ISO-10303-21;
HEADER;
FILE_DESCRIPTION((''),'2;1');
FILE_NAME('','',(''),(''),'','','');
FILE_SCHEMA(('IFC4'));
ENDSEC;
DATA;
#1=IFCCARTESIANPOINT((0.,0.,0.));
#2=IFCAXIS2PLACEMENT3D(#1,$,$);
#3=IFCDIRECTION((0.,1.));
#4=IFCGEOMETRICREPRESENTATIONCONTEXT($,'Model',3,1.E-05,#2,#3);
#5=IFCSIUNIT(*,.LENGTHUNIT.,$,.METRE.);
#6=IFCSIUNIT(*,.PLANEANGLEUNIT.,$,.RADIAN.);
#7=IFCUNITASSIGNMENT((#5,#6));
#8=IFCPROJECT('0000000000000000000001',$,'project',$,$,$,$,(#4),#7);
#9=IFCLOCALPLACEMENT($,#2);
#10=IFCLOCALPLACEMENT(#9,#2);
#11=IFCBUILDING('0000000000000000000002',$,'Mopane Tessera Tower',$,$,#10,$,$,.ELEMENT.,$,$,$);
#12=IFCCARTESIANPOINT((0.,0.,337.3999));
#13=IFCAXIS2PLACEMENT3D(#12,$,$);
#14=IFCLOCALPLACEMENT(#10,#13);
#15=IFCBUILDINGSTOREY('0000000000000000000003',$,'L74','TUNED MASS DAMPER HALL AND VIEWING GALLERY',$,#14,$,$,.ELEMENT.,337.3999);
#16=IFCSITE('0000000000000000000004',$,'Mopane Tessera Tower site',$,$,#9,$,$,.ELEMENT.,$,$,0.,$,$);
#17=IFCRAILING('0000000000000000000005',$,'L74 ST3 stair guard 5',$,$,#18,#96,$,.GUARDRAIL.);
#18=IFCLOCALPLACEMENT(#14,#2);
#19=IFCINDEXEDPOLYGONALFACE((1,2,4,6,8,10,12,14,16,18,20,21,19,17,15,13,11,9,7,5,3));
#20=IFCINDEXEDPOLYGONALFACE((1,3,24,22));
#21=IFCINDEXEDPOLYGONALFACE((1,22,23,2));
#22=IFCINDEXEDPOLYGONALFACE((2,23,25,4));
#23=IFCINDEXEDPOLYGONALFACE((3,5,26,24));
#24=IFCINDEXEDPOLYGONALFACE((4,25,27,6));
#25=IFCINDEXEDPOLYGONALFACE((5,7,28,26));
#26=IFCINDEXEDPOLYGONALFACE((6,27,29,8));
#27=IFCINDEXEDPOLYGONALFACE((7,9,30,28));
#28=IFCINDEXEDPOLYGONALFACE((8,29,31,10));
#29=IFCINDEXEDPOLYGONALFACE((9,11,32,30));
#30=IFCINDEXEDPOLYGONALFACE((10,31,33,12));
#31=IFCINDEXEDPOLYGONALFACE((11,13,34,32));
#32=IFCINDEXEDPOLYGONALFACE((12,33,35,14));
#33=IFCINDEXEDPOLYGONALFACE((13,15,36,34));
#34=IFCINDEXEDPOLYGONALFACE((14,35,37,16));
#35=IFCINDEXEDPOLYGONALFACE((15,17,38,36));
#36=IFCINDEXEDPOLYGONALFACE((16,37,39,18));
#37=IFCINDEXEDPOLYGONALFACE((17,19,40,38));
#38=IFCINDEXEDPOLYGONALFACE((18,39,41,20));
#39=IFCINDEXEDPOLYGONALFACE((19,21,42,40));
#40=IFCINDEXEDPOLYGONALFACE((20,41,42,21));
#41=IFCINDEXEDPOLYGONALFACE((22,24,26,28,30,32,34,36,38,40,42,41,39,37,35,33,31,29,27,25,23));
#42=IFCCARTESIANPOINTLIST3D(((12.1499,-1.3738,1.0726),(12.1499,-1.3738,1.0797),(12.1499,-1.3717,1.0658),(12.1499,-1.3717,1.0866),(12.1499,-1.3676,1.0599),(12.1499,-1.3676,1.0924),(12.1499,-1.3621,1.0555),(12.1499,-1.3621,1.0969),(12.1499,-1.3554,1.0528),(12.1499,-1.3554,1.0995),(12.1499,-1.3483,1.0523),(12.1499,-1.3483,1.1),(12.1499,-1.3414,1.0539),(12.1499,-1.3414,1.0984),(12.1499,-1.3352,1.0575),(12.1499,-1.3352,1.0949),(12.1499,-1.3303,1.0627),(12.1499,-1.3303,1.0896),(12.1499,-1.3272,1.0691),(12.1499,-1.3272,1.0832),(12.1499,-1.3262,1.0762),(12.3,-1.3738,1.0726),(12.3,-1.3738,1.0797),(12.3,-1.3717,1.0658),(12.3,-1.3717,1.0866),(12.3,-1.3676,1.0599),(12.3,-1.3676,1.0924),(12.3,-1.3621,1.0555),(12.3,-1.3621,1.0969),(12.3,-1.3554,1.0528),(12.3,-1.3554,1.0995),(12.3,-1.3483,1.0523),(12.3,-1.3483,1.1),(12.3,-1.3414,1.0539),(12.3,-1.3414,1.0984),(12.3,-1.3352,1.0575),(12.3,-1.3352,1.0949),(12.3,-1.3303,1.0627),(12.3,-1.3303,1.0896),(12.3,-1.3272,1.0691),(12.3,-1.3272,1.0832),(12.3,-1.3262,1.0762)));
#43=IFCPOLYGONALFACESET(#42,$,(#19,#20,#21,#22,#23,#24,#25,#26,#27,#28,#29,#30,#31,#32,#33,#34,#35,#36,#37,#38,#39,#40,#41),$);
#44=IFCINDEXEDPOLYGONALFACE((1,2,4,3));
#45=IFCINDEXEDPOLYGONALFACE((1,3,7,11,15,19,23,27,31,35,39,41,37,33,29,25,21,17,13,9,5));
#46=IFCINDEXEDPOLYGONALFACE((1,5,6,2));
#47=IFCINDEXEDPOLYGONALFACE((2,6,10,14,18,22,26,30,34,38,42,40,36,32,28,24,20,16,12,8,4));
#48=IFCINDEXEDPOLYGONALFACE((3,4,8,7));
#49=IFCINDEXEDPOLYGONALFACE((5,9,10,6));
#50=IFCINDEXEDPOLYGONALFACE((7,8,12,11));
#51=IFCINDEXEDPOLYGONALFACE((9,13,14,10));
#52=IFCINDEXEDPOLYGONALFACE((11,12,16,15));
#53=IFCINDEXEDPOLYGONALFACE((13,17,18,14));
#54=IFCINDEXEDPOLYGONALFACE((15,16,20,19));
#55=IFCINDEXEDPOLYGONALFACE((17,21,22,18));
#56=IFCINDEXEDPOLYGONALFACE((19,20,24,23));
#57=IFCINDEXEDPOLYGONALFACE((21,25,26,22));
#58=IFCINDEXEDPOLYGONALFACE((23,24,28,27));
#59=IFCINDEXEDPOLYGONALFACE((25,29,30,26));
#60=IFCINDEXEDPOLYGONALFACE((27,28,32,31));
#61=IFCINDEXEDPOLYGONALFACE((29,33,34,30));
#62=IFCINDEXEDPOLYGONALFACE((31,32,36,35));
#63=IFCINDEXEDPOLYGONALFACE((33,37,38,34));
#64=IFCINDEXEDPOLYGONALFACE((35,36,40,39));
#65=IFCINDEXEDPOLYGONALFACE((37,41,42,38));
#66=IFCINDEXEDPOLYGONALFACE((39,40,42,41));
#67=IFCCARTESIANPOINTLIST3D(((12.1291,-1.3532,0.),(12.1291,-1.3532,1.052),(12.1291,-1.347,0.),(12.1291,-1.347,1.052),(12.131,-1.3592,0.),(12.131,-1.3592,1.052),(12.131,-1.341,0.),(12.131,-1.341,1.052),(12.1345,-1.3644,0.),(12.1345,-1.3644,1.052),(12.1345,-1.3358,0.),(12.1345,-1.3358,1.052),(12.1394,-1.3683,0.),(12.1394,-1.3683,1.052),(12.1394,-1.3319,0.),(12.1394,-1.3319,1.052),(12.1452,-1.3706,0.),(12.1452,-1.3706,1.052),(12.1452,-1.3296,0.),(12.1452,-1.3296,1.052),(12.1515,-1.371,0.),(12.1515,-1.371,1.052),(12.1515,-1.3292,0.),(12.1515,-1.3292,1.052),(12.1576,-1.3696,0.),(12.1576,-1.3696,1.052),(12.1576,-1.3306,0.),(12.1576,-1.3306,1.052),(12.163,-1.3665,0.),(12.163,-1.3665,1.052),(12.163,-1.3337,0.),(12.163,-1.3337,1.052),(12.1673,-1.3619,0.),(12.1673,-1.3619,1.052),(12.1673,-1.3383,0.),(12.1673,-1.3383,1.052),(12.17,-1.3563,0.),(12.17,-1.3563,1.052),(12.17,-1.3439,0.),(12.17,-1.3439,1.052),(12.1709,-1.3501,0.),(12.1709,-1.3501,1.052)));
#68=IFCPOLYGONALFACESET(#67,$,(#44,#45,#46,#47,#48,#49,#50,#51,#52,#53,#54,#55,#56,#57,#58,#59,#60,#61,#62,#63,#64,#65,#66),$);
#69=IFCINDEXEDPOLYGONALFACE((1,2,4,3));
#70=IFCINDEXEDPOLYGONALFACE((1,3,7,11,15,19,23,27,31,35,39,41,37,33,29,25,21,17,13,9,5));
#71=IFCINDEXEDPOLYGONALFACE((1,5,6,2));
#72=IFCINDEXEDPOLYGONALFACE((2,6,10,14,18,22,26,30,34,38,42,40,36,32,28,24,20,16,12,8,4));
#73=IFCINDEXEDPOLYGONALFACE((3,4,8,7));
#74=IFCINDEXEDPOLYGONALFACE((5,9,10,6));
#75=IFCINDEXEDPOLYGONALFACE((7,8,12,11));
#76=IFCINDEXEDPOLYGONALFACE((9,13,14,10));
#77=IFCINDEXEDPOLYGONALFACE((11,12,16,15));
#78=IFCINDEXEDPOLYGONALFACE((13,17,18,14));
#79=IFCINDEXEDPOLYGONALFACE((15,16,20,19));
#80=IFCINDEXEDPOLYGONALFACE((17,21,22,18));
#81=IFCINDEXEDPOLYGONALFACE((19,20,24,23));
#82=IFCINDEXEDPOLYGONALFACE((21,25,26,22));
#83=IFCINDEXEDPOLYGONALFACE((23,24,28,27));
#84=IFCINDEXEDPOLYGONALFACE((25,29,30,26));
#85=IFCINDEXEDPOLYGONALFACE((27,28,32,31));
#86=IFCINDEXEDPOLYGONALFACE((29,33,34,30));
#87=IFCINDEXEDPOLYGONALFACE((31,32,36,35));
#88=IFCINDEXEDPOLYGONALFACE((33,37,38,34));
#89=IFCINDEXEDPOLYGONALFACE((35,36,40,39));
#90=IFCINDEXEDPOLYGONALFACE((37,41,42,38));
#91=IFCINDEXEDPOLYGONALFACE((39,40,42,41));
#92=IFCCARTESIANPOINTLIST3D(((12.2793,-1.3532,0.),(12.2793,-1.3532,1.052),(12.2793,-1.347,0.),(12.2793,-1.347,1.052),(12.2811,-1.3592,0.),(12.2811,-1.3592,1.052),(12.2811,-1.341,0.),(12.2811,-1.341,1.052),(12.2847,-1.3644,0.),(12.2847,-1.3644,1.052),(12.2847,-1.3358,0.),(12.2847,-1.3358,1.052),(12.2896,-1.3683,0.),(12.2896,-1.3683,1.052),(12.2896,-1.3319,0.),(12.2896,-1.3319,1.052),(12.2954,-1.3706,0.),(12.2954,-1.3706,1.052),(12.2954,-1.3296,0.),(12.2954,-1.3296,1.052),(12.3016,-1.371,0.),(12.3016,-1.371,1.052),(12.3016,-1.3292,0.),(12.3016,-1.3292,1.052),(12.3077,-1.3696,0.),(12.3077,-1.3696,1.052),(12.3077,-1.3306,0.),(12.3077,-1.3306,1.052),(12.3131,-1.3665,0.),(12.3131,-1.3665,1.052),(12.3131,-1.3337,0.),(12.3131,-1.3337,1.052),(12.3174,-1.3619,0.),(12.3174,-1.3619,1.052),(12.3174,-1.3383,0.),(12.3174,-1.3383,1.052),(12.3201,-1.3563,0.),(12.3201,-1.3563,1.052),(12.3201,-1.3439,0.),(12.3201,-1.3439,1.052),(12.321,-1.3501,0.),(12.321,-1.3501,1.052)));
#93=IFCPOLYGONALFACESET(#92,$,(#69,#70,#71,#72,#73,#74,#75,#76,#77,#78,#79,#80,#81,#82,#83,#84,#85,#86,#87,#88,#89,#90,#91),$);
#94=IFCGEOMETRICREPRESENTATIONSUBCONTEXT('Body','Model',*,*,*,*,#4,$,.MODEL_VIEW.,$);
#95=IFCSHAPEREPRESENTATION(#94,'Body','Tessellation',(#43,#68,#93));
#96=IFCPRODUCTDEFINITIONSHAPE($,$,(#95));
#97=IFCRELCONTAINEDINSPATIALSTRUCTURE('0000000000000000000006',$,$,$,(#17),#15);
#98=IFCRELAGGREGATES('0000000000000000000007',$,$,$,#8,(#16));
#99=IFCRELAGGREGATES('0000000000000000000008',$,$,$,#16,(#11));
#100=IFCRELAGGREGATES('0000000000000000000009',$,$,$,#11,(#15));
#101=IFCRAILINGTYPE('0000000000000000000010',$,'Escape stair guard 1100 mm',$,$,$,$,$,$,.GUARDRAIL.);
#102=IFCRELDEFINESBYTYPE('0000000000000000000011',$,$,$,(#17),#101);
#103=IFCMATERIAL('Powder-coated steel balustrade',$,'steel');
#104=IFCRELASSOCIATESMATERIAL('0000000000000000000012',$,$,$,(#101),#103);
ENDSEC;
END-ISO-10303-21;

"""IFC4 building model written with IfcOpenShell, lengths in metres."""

from ifc_helpers import new_model, si_unit, direction, frame, origin, origin_2d, place, context, subcontext, project, spatial, circle, extrude, material, type_object, element, save


model = new_model("IFC4")

# Units and contexts
model_context = context("Model", 3, precision=1e-05, world=origin(), true_north=direction((0.0, 1.0)))
body_context = subcontext(model_context, "Body", "Model", "MODEL_VIEW")
ifc_project = project(units=[si_unit("LENGTHUNIT", "METRE"), si_unit("PLANEANGLEUNIT", "RADIAN")], contexts=[model_context])

# Site, building, storey
site_placement = place(None, origin())
site = spatial("IfcSite", under=ifc_project, at=site_placement, Name="Mopane Tessera Tower site", CompositionType="ELEMENT", RefElevation=0.0)
building_placement = place(site_placement, origin())
building = spatial("IfcBuilding", under=site, at=building_placement, Name="Mopane Tessera Tower", CompositionType="ELEMENT")
storey_placement = place(building_placement, frame((0.0, 0.0, 337.3999)))
storey = spatial("IfcBuildingStorey", under=building, at=storey_placement, Name="L74", Description="TUNED MASS DAMPER HALL AND VIEWING GALLERY", CompositionType="ELEMENT", Elevation=337.3999)

# Railing
ifc_material_1 = material(Name="Powder-coated steel balustrade", Category="steel")
railing_type_1 = type_object("IfcRailingType", Name="Escape stair guard 1100 mm", PredefinedType="GUARDRAIL", material=ifc_material_1)
railing_1_placement = place(storey_placement, frame((12.1499, -1.3501, 0.0)))
element("IfcRailing", 1, at=railing_1_placement, inside=storey, type_object=railing_type_1, Name="L74 ST3 stair guard 5", PredefinedType="GUARDRAIL", context=body_context, shape_type="SweptSolid", body=[
    extrude(circle(Radius=0.0239, at=origin_2d()), frame((0.0, 0.0, 1.0762), z_axis=(1.0, 0.0, 0.0), x_axis=(0.0, 1.0, 0.0)), (0.0, 0.0, 1.0), 0.1501),
    extrude(circle(Radius=0.021, at=origin_2d()), origin(), (0.0, 0.0, 1.0), 1.052),
    extrude(circle(Radius=0.021, at=origin_2d()), frame((0.1501, 0.0, 0.0)), (0.0, 0.0, 1.0), 1.052),
])

save(model, "model.ifc")
